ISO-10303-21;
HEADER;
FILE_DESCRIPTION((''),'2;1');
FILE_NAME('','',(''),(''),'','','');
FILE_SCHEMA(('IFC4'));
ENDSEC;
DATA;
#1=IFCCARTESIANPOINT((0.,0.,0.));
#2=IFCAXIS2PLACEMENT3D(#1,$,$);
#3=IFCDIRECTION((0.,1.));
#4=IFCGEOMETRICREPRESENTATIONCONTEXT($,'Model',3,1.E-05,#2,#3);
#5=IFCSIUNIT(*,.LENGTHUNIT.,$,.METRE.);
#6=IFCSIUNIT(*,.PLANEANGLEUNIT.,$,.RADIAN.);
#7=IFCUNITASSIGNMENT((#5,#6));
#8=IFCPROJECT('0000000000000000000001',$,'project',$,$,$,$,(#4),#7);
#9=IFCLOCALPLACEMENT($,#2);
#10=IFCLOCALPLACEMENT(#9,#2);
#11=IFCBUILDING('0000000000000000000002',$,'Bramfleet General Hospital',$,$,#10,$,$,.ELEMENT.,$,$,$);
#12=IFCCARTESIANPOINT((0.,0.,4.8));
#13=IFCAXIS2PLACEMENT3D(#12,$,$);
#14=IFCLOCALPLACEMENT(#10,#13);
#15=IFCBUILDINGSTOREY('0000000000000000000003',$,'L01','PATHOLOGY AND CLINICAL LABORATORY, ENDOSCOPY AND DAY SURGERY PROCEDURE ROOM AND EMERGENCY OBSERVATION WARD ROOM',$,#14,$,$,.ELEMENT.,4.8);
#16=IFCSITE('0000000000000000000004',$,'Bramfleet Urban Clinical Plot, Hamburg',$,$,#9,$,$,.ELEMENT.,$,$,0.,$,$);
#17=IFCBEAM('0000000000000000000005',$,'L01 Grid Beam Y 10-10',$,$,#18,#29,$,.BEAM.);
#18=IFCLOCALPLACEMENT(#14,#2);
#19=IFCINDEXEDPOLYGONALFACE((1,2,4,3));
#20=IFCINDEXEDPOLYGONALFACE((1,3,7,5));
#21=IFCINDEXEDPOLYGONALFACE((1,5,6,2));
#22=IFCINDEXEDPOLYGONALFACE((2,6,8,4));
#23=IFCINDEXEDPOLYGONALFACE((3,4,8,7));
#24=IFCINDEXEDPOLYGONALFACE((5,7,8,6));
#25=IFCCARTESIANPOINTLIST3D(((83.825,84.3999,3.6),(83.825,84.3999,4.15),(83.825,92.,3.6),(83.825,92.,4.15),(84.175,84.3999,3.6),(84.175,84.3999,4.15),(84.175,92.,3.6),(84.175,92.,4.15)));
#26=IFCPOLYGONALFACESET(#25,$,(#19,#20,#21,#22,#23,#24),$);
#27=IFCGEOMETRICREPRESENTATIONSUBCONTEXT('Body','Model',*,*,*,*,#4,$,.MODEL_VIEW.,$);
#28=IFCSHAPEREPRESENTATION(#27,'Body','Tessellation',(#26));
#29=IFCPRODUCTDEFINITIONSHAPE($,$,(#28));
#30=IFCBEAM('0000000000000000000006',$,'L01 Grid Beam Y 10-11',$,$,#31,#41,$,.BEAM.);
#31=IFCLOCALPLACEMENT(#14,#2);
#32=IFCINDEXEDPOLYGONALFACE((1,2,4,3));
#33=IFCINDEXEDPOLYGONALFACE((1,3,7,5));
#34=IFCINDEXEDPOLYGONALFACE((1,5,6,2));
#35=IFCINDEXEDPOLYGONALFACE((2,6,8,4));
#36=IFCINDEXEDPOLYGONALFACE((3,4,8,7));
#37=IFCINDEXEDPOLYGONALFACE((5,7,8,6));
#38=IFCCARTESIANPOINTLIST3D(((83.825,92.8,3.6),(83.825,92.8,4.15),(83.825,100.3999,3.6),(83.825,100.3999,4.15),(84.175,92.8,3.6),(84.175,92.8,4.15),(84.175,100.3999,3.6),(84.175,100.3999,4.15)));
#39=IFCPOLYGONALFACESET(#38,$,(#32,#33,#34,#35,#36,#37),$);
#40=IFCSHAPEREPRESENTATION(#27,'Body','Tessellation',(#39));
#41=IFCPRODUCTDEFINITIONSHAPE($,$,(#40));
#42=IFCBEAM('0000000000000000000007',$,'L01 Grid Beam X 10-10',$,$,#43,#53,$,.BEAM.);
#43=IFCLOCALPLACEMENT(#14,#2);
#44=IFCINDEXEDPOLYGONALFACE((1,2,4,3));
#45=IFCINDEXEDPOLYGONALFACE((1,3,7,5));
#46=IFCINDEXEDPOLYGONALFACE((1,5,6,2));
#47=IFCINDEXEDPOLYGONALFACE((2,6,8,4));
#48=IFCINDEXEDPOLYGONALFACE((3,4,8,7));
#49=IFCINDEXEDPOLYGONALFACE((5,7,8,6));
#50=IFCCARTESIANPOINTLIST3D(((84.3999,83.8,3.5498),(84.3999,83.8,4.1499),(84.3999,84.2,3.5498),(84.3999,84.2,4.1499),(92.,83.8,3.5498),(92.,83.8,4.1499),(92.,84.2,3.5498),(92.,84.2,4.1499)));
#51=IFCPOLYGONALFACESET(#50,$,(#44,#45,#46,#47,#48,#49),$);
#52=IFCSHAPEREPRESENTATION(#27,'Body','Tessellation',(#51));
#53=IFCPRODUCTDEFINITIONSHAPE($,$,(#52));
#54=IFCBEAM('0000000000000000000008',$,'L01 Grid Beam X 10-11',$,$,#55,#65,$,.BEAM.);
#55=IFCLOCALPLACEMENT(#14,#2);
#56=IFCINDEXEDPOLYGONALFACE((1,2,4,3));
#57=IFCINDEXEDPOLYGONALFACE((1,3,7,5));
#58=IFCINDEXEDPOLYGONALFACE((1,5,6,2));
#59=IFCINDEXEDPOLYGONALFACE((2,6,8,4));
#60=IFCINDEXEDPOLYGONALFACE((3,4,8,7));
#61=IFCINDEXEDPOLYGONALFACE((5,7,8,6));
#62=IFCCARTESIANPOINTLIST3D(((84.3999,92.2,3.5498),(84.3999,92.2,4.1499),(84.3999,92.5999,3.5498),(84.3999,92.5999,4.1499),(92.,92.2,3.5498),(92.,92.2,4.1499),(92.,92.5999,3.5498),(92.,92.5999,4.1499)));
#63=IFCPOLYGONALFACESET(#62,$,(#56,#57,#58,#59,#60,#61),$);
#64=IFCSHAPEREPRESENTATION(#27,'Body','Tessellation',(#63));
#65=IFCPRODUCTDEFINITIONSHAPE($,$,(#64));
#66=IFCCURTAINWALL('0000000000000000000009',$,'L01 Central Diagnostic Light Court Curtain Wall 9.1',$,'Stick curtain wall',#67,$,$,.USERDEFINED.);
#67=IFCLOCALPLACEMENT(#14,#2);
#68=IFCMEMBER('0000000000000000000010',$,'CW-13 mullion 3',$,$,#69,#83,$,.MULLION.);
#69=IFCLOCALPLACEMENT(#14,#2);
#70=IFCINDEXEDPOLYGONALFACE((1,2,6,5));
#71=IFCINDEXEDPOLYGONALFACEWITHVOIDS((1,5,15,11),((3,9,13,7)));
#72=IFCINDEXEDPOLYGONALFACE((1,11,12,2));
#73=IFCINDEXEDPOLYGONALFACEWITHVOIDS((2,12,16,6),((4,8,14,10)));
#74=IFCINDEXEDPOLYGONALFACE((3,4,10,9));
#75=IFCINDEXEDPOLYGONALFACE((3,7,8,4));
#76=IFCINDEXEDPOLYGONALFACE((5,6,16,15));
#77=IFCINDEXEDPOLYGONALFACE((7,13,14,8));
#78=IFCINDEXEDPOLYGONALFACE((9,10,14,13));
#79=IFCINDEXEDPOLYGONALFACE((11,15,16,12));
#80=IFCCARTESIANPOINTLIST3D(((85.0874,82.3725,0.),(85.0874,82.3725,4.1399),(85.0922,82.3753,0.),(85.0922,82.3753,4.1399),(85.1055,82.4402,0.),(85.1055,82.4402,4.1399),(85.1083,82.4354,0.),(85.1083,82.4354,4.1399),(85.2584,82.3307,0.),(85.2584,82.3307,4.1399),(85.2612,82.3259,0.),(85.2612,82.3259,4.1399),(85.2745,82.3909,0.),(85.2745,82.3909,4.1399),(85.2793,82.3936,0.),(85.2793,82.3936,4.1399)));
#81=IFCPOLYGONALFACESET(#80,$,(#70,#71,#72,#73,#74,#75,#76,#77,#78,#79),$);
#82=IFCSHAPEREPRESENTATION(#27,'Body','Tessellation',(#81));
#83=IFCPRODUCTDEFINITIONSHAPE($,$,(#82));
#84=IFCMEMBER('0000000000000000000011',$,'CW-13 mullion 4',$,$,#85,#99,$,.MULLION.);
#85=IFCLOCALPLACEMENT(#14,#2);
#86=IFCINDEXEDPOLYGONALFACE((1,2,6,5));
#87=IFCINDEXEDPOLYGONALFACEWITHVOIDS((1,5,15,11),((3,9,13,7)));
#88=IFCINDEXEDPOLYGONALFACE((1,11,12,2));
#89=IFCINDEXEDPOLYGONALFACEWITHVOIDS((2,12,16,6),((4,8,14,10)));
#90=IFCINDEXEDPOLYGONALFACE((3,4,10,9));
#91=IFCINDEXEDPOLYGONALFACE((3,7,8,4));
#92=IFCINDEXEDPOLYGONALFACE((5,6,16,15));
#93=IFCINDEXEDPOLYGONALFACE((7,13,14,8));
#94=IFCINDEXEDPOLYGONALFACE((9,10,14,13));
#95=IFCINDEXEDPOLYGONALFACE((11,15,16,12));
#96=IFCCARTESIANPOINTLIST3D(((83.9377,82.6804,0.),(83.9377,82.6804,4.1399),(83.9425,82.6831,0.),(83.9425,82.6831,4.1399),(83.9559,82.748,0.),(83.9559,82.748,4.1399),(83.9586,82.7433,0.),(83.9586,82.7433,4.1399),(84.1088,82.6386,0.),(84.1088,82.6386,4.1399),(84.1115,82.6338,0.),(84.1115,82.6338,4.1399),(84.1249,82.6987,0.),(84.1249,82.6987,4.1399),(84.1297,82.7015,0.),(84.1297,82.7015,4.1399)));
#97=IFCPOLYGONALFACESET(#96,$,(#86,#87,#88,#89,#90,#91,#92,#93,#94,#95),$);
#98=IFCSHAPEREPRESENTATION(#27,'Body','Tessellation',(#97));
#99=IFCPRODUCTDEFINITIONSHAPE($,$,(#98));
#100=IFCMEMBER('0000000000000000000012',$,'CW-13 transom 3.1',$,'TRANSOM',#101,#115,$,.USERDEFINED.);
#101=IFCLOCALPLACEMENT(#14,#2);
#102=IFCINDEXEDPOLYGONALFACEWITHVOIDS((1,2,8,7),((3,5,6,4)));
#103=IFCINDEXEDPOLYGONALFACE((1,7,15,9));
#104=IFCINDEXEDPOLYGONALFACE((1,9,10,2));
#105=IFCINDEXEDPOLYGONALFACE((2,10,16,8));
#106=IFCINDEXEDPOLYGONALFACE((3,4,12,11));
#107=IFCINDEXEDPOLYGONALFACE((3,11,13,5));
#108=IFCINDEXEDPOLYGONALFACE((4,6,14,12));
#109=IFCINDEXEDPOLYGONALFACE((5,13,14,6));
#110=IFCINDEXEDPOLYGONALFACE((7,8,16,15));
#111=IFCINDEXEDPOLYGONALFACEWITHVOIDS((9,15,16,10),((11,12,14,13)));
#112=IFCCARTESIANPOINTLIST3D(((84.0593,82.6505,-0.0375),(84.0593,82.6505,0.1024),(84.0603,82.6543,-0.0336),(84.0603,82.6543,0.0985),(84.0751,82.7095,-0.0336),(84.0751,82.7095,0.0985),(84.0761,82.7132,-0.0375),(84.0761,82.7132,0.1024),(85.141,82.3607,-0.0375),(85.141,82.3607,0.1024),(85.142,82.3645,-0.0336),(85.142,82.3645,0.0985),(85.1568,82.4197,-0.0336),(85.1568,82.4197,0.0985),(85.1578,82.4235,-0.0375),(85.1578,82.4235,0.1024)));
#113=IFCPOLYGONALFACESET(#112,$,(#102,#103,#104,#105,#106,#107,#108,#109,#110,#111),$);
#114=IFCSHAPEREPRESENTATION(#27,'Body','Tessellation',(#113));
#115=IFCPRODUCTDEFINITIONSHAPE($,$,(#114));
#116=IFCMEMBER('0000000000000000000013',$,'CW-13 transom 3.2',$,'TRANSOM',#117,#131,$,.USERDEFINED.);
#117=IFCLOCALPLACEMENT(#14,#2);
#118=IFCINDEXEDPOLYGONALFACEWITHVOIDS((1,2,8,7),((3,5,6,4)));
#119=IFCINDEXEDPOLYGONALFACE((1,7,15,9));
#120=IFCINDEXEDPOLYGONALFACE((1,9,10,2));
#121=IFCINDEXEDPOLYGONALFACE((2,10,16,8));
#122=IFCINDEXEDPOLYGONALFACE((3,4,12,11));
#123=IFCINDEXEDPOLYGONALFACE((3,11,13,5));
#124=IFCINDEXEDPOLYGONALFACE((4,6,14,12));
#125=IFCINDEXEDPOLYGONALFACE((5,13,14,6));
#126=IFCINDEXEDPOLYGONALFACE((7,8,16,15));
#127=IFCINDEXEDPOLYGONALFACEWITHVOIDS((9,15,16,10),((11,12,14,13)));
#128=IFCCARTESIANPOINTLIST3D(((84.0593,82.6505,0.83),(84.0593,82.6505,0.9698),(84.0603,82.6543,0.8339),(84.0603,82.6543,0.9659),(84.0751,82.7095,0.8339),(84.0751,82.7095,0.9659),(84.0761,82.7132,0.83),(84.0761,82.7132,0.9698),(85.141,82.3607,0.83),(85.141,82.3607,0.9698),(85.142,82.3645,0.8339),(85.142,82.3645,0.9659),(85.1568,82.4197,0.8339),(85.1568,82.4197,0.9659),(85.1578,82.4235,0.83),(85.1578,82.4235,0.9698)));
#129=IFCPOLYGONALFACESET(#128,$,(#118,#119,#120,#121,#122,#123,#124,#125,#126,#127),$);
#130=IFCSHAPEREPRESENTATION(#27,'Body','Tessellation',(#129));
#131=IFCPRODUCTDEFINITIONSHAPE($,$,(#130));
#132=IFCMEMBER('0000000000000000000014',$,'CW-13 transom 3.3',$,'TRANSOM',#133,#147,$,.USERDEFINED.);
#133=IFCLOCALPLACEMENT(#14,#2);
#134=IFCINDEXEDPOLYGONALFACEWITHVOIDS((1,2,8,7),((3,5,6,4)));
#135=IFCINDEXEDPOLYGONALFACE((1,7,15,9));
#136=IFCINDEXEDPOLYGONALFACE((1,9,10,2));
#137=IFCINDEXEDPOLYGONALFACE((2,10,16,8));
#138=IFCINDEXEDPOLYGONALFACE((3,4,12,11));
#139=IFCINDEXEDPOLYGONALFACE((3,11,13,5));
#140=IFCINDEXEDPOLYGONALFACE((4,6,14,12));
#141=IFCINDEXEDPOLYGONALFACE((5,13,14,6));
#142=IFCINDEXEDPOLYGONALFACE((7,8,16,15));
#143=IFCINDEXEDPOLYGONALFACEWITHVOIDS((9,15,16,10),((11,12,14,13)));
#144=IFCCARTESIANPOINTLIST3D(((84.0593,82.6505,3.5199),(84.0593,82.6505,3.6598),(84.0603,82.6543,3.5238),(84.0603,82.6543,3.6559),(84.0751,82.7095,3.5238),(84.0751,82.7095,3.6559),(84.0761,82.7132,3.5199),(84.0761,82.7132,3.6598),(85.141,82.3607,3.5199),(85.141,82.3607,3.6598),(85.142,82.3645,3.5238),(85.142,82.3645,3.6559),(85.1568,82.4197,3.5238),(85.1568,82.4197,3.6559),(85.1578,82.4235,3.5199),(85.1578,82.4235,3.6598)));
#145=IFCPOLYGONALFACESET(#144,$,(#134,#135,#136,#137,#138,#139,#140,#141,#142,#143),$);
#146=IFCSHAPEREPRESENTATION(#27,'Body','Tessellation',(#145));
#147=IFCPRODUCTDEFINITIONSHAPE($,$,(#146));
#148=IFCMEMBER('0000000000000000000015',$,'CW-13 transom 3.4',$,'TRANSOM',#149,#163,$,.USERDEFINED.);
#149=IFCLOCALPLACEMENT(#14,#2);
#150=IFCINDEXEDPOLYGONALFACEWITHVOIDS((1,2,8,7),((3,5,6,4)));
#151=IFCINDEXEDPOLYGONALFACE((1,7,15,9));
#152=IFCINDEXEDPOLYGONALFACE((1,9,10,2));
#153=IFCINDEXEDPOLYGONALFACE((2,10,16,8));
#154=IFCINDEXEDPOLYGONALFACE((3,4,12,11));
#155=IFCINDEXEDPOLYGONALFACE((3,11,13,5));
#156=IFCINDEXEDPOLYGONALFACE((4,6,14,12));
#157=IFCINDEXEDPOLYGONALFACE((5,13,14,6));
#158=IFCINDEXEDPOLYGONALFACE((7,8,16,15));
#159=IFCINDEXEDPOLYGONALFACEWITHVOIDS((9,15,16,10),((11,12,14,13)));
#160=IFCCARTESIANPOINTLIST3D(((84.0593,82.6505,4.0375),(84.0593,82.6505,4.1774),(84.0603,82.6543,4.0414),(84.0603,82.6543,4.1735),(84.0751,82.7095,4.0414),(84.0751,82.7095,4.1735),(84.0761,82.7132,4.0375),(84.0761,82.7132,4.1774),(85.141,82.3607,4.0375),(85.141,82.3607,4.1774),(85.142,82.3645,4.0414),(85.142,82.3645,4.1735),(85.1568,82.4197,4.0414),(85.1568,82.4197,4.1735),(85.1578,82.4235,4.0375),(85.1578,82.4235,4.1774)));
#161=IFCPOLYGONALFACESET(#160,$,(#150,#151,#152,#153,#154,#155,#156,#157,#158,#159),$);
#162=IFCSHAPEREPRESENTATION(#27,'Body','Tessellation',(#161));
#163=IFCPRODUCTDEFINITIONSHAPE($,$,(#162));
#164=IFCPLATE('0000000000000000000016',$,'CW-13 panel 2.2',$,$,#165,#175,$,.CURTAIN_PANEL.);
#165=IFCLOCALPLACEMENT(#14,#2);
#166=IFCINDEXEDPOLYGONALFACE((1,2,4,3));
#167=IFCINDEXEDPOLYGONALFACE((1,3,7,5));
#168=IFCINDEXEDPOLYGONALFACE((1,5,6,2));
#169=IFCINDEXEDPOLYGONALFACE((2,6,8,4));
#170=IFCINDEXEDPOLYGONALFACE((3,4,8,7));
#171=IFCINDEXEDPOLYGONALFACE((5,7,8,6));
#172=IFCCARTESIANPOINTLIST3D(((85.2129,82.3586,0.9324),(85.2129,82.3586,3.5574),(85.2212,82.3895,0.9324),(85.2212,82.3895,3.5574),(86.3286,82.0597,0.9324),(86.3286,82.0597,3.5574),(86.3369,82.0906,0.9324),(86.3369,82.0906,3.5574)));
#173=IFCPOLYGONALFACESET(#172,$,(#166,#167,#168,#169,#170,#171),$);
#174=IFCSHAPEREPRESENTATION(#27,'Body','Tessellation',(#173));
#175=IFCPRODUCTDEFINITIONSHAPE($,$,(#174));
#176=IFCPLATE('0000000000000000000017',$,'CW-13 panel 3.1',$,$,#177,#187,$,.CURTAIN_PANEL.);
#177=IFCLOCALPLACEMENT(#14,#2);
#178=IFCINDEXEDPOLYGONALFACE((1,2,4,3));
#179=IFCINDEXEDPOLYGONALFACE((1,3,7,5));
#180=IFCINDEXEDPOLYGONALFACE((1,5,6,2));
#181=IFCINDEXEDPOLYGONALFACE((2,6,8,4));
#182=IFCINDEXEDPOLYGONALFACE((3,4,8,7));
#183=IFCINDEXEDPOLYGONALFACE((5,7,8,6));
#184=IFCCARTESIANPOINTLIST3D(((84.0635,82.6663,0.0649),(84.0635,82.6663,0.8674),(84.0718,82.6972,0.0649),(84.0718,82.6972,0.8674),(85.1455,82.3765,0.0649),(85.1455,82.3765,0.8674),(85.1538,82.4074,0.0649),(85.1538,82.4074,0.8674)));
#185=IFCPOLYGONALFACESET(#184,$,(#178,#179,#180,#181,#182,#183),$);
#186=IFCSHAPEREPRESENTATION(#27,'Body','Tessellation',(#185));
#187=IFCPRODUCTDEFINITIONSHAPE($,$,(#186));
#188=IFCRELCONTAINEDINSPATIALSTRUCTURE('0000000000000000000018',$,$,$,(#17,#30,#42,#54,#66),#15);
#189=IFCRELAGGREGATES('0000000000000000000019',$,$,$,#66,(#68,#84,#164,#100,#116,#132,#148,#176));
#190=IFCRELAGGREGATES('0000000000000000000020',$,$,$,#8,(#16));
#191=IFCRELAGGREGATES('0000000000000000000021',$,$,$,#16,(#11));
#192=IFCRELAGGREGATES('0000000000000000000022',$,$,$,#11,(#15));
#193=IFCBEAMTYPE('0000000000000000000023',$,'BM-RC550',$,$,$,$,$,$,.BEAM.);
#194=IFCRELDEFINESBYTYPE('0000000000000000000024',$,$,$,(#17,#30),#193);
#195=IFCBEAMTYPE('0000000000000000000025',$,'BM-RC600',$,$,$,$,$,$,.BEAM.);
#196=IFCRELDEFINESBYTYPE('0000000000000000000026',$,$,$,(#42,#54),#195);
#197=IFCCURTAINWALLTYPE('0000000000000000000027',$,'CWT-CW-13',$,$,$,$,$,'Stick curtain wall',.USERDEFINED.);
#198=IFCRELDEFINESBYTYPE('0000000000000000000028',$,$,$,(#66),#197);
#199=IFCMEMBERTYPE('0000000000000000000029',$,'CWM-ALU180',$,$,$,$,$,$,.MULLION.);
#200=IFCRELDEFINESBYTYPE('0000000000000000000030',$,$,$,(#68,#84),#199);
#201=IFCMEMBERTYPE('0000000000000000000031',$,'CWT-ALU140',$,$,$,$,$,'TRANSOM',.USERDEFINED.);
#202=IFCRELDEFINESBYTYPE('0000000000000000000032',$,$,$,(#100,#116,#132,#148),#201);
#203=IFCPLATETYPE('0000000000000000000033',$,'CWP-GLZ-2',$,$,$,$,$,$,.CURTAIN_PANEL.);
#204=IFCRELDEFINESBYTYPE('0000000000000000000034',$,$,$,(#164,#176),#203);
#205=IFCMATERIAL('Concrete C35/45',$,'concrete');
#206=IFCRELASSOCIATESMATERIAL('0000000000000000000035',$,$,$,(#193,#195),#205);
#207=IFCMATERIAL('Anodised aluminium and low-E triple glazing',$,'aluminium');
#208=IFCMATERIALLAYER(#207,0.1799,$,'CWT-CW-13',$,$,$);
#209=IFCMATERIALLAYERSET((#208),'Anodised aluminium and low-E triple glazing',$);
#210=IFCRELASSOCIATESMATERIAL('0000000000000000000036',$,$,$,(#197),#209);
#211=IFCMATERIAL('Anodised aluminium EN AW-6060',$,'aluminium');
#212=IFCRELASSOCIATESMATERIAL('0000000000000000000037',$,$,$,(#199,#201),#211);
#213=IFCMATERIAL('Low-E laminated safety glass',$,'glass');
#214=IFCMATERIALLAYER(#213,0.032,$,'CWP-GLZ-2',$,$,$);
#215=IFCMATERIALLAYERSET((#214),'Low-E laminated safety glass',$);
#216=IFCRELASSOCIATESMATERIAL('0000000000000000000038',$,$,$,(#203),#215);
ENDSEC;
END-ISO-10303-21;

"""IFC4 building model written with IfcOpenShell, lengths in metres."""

from ifc_helpers import new_model, si_unit, direction, frame, origin, origin_2d, place, context, subcontext, project, spatial, rectangle, hollow_rectangle, extrude, material, layer, layer_set, material_profile, profile_set, type_object, element, aggregate, save


model = new_model("IFC4")

# Units and contexts
model_context = context("Model", 3, precision=1e-05, world=origin(), true_north=direction((0.0, 1.0)))
body_context = subcontext(model_context, "Body", "Model", "MODEL_VIEW")
ifc_project = project(units=[si_unit("LENGTHUNIT", "METRE"), si_unit("PLANEANGLEUNIT", "RADIAN")], contexts=[model_context])

# Site, building, storey
site_placement = place(None, origin())
site = spatial("IfcSite", under=ifc_project, at=site_placement, Name="Bramfleet Urban Clinical Plot, Hamburg", CompositionType="ELEMENT", RefElevation=0.0)
building_placement = place(site_placement, origin())
building = spatial("IfcBuilding", under=site, at=building_placement, Name="Bramfleet General Hospital", CompositionType="ELEMENT")
storey_placement = place(building_placement, frame((0.0, 0.0, 4.8)))
storey = spatial("IfcBuildingStorey", under=building, at=storey_placement, Name="L01", Description="PATHOLOGY AND CLINICAL LABORATORY, ENDOSCOPY AND DAY SURGERY PROCEDURE ROOM AND EMERGENCY OBSERVATION WARD ROOM", CompositionType="ELEMENT", Elevation=4.8)

# Beams
ifc_material_1 = material(Name="Concrete C35/45", Category="concrete")
ifc_material_profile_1 = material_profile(ifc_material_1, rectangle(XDim=0.3501, YDim=0.55, at=origin_2d()), Name="RC BM 550x350")
ifc_profile_set_1 = profile_set([ifc_material_profile_1], Name="Concrete C35/45")
beam_type_1 = type_object("IfcBeamType", Name="BM-RC550", PredefinedType="BEAM", material=ifc_profile_set_1)
beam_1_placement = place(storey_placement, frame((84.0, 84.3999, 3.875), z_axis=(0.0, 1.0, 0.0), x_axis=(-1.0, 0.0, 0.0)))
element("IfcBeam", 1, at=beam_1_placement, inside=storey, type_object=beam_type_1, Name="L01 Grid Beam Y 10-10", PredefinedType="BEAM", context=body_context, shape_type="SweptSolid", body=[
    extrude(rectangle(XDim=0.3501, YDim=0.55, at=origin_2d()), origin(), (0.0, 0.0, 1.0), 7.6001),
])
beam_2_placement = place(storey_placement, frame((84.0, 92.8, 3.875), z_axis=(0.0, 1.0, 0.0), x_axis=(-1.0, 0.0, 0.0)))
element("IfcBeam", 2, at=beam_2_placement, inside=storey, type_object=beam_type_1, Name="L01 Grid Beam Y 10-11", PredefinedType="BEAM", context=body_context, shape_type="SweptSolid", body=[
    extrude(rectangle(XDim=0.3501, YDim=0.55, at=origin_2d()), origin(), (0.0, 0.0, 1.0), 7.5999),
])
ifc_material_profile_2 = material_profile(ifc_material_1, rectangle(XDim=0.3999, YDim=0.6001, at=origin_2d()), Name="RC BM 600x400")
ifc_profile_set_2 = profile_set([ifc_material_profile_2], Name="Concrete C35/45")
beam_type_2 = type_object("IfcBeamType", Name="BM-RC600", PredefinedType="BEAM", material=ifc_profile_set_2)
for number, where, z_axis, x_axis, name in (
    (3, (84.3999, 84.0, 3.8499), (1.0, 0.0, 0.0), (0.0, 1.0, 0.0), "L01 Grid Beam X 10-10"),
    (4, (84.3999, 92.3999, 3.8499), (1.0, 0.0, 0.0), (0.0, 1.0, 0.0), "L01 Grid Beam X 10-11"),
):
    element("IfcBeam", number, at=place(storey_placement, frame(where, z_axis=z_axis, x_axis=x_axis)), inside=storey, type_object=beam_type_2, Name=name, PredefinedType="BEAM", context=body_context, shape_type="SweptSolid", body=[
        extrude(rectangle(XDim=0.3999, YDim=0.6001, at=origin_2d()), origin(), (0.0, 0.0, 1.0), 7.6001),
    ])

# Curtain wall, members, plates
ifc_material_2 = material(Name="Anodised aluminium and low-E triple glazing", Category="aluminium")
ifc_layer_1 = layer(ifc_material_2, 0.1799, Name="CWT-CW-13")
ifc_layer_set_1 = layer_set([ifc_layer_1], Name="Anodised aluminium and low-E triple glazing")
curtain_wall_type = type_object("IfcCurtainWallType", Name="CWT-CW-13", ElementType="Stick curtain wall", PredefinedType="USERDEFINED", material=ifc_layer_set_1)
curtain_wall_placement = place(storey_placement, origin())
curtain_wall = element("IfcCurtainWall", 5, at=curtain_wall_placement, inside=storey, type_object=curtain_wall_type, Name="L01 Central Diagnostic Light Court Curtain Wall 9.1", ObjectType="Stick curtain wall", PredefinedType="USERDEFINED")
ifc_material_3 = material(Name="Anodised aluminium EN AW-6060", Category="aluminium")
ifc_material_profile_3 = material_profile(ifc_material_3, hollow_rectangle(XDim=0.0701, YDim=0.1799, WallThickness=0.0039, at=origin_2d()), Name="ALU 180x70x4.0")
ifc_profile_set_3 = profile_set([ifc_material_profile_3], Name="Anodised aluminium EN AW-6060")
member_type_1 = type_object("IfcMemberType", Name="CWM-ALU180", PredefinedType="MULLION", material=ifc_profile_set_3)
member_1_placement = place(storey_placement, frame((85.1833, 82.3831, 0.0), z_axis=(0.0, 0.0, 1.0), x_axis=(-0.258763, -0.965941, 0.0)))
member_1 = element("IfcMember", 6, at=member_1_placement, type_object=member_type_1, Name="CW-13 mullion 3", PredefinedType="MULLION", context=body_context, shape_type="SweptSolid", body=[
    extrude(hollow_rectangle(XDim=0.0701, YDim=0.1799, WallThickness=0.0039, at=origin_2d()), origin(), (0.0, 0.0, 1.0), 4.1399),
])
member_2_placement = place(storey_placement, frame((84.0337, 82.6909, 0.0), z_axis=(0.0, 0.0, 1.0), x_axis=(-0.258763, -0.965941, 0.0)))
member_2 = element("IfcMember", 7, at=member_2_placement, type_object=member_type_1, Name="CW-13 mullion 4", PredefinedType="MULLION", context=body_context, shape_type="SweptSolid", body=[
    extrude(hollow_rectangle(XDim=0.0701, YDim=0.1799, WallThickness=0.0039, at=origin_2d()), origin(), (0.0, 0.0, 1.0), 4.1399),
])
ifc_material_profile_4 = material_profile(ifc_material_3, hollow_rectangle(XDim=0.0649, YDim=0.1399, WallThickness=0.0039, at=origin_2d()), Name="ALU 140x65x4.0")
ifc_profile_set_4 = profile_set([ifc_material_profile_4], Name="Anodised aluminium EN AW-6060")
member_type_2 = type_object("IfcMemberType", Name="CWT-ALU140", ElementType="TRANSOM", PredefinedType="USERDEFINED", material=ifc_profile_set_4)
member_3_placement = place(storey_placement, frame((85.1494, 82.3921, 0.0325), z_axis=(-0.965941, 0.258762, 0.0), x_axis=(-0.258762, -0.965941, 0.0)))
member_3 = element("IfcMember", 8, at=member_3_placement, type_object=member_type_2, Name="CW-13 transom 3.1", ObjectType="TRANSOM", PredefinedType="USERDEFINED", context=body_context, shape_type="SweptSolid", body=[
    extrude(hollow_rectangle(XDim=0.0649, YDim=0.1399, WallThickness=0.0039, at=origin_2d()), origin(), (0.0, 0.0, 1.0), 1.1199),
])
member_4_placement = place(storey_placement, frame((85.1494, 82.3921, 0.8999), z_axis=(-0.965941, 0.258762, 0.0), x_axis=(-0.258762, -0.965941, 0.0)))
member_4 = element("IfcMember", 9, at=member_4_placement, type_object=member_type_2, Name="CW-13 transom 3.2", ObjectType="TRANSOM", PredefinedType="USERDEFINED", context=body_context, shape_type="SweptSolid", body=[
    extrude(hollow_rectangle(XDim=0.0649, YDim=0.1399, WallThickness=0.0039, at=origin_2d()), origin(), (0.0, 0.0, 1.0), 1.1199),
])
member_5_placement = place(storey_placement, frame((85.1494, 82.3921, 3.5898), z_axis=(-0.965941, 0.258762, 0.0), x_axis=(-0.258762, -0.965941, 0.0)))
member_5 = element("IfcMember", 10, at=member_5_placement, type_object=member_type_2, Name="CW-13 transom 3.3", ObjectType="TRANSOM", PredefinedType="USERDEFINED", context=body_context, shape_type="SweptSolid", body=[
    extrude(hollow_rectangle(XDim=0.0649, YDim=0.1399, WallThickness=0.0039, at=origin_2d()), origin(), (0.0, 0.0, 1.0), 1.1199),
])
member_6_placement = place(storey_placement, frame((85.1494, 82.3921, 4.1074), z_axis=(-0.965941, 0.258762, 0.0), x_axis=(-0.258762, -0.965941, 0.0)))
member_6 = element("IfcMember", 11, at=member_6_placement, type_object=member_type_2, Name="CW-13 transom 3.4", ObjectType="TRANSOM", PredefinedType="USERDEFINED", context=body_context, shape_type="SweptSolid", body=[
    extrude(hollow_rectangle(XDim=0.0649, YDim=0.1399, WallThickness=0.0039, at=origin_2d()), origin(), (0.0, 0.0, 1.0), 1.1199),
])
ifc_material_4 = material(Name="Low-E laminated safety glass", Category="glass")
ifc_layer_2 = layer(ifc_material_4, 0.032, Name="CWP-GLZ-2")
ifc_layer_set_2 = layer_set([ifc_layer_2], Name="Low-E laminated safety glass")
plate_type = type_object("IfcPlateType", Name="CWP-GLZ-2", PredefinedType="CURTAIN_PANEL", material=ifc_layer_set_2)
plate_1_placement = place(storey_placement, frame((85.7749, 82.2246, 0.9324), z_axis=(0.0, 0.0, 1.0), x_axis=(-0.965941, 0.258763, 0.0)))
plate_1 = element("IfcPlate", 12, at=plate_1_placement, type_object=plate_type, Name="CW-13 panel 2.2", PredefinedType="CURTAIN_PANEL", context=body_context, shape_type="SweptSolid", body=[
    extrude(rectangle(XDim=1.155, YDim=0.032, at=origin_2d()), origin(), (0.0, 0.0, 1.0), 2.625),
])
plate_2_placement = place(storey_placement, frame((84.6086, 82.5369, 0.0649), z_axis=(0.0, 0.0, 1.0), x_axis=(-0.965941, 0.258763, 0.0)))
plate_2 = element("IfcPlate", 13, at=plate_2_placement, type_object=plate_type, Name="CW-13 panel 3.1", PredefinedType="CURTAIN_PANEL", context=body_context, shape_type="SweptSolid", body=[
    extrude(rectangle(XDim=1.1201, YDim=0.032, at=origin_2d()), origin(), (0.0, 0.0, 1.0), 0.8025),
])
aggregate(curtain_wall, [member_1, member_2, plate_1, member_3, member_4, member_5, member_6, plate_2])

save(model, "model.ifc")
